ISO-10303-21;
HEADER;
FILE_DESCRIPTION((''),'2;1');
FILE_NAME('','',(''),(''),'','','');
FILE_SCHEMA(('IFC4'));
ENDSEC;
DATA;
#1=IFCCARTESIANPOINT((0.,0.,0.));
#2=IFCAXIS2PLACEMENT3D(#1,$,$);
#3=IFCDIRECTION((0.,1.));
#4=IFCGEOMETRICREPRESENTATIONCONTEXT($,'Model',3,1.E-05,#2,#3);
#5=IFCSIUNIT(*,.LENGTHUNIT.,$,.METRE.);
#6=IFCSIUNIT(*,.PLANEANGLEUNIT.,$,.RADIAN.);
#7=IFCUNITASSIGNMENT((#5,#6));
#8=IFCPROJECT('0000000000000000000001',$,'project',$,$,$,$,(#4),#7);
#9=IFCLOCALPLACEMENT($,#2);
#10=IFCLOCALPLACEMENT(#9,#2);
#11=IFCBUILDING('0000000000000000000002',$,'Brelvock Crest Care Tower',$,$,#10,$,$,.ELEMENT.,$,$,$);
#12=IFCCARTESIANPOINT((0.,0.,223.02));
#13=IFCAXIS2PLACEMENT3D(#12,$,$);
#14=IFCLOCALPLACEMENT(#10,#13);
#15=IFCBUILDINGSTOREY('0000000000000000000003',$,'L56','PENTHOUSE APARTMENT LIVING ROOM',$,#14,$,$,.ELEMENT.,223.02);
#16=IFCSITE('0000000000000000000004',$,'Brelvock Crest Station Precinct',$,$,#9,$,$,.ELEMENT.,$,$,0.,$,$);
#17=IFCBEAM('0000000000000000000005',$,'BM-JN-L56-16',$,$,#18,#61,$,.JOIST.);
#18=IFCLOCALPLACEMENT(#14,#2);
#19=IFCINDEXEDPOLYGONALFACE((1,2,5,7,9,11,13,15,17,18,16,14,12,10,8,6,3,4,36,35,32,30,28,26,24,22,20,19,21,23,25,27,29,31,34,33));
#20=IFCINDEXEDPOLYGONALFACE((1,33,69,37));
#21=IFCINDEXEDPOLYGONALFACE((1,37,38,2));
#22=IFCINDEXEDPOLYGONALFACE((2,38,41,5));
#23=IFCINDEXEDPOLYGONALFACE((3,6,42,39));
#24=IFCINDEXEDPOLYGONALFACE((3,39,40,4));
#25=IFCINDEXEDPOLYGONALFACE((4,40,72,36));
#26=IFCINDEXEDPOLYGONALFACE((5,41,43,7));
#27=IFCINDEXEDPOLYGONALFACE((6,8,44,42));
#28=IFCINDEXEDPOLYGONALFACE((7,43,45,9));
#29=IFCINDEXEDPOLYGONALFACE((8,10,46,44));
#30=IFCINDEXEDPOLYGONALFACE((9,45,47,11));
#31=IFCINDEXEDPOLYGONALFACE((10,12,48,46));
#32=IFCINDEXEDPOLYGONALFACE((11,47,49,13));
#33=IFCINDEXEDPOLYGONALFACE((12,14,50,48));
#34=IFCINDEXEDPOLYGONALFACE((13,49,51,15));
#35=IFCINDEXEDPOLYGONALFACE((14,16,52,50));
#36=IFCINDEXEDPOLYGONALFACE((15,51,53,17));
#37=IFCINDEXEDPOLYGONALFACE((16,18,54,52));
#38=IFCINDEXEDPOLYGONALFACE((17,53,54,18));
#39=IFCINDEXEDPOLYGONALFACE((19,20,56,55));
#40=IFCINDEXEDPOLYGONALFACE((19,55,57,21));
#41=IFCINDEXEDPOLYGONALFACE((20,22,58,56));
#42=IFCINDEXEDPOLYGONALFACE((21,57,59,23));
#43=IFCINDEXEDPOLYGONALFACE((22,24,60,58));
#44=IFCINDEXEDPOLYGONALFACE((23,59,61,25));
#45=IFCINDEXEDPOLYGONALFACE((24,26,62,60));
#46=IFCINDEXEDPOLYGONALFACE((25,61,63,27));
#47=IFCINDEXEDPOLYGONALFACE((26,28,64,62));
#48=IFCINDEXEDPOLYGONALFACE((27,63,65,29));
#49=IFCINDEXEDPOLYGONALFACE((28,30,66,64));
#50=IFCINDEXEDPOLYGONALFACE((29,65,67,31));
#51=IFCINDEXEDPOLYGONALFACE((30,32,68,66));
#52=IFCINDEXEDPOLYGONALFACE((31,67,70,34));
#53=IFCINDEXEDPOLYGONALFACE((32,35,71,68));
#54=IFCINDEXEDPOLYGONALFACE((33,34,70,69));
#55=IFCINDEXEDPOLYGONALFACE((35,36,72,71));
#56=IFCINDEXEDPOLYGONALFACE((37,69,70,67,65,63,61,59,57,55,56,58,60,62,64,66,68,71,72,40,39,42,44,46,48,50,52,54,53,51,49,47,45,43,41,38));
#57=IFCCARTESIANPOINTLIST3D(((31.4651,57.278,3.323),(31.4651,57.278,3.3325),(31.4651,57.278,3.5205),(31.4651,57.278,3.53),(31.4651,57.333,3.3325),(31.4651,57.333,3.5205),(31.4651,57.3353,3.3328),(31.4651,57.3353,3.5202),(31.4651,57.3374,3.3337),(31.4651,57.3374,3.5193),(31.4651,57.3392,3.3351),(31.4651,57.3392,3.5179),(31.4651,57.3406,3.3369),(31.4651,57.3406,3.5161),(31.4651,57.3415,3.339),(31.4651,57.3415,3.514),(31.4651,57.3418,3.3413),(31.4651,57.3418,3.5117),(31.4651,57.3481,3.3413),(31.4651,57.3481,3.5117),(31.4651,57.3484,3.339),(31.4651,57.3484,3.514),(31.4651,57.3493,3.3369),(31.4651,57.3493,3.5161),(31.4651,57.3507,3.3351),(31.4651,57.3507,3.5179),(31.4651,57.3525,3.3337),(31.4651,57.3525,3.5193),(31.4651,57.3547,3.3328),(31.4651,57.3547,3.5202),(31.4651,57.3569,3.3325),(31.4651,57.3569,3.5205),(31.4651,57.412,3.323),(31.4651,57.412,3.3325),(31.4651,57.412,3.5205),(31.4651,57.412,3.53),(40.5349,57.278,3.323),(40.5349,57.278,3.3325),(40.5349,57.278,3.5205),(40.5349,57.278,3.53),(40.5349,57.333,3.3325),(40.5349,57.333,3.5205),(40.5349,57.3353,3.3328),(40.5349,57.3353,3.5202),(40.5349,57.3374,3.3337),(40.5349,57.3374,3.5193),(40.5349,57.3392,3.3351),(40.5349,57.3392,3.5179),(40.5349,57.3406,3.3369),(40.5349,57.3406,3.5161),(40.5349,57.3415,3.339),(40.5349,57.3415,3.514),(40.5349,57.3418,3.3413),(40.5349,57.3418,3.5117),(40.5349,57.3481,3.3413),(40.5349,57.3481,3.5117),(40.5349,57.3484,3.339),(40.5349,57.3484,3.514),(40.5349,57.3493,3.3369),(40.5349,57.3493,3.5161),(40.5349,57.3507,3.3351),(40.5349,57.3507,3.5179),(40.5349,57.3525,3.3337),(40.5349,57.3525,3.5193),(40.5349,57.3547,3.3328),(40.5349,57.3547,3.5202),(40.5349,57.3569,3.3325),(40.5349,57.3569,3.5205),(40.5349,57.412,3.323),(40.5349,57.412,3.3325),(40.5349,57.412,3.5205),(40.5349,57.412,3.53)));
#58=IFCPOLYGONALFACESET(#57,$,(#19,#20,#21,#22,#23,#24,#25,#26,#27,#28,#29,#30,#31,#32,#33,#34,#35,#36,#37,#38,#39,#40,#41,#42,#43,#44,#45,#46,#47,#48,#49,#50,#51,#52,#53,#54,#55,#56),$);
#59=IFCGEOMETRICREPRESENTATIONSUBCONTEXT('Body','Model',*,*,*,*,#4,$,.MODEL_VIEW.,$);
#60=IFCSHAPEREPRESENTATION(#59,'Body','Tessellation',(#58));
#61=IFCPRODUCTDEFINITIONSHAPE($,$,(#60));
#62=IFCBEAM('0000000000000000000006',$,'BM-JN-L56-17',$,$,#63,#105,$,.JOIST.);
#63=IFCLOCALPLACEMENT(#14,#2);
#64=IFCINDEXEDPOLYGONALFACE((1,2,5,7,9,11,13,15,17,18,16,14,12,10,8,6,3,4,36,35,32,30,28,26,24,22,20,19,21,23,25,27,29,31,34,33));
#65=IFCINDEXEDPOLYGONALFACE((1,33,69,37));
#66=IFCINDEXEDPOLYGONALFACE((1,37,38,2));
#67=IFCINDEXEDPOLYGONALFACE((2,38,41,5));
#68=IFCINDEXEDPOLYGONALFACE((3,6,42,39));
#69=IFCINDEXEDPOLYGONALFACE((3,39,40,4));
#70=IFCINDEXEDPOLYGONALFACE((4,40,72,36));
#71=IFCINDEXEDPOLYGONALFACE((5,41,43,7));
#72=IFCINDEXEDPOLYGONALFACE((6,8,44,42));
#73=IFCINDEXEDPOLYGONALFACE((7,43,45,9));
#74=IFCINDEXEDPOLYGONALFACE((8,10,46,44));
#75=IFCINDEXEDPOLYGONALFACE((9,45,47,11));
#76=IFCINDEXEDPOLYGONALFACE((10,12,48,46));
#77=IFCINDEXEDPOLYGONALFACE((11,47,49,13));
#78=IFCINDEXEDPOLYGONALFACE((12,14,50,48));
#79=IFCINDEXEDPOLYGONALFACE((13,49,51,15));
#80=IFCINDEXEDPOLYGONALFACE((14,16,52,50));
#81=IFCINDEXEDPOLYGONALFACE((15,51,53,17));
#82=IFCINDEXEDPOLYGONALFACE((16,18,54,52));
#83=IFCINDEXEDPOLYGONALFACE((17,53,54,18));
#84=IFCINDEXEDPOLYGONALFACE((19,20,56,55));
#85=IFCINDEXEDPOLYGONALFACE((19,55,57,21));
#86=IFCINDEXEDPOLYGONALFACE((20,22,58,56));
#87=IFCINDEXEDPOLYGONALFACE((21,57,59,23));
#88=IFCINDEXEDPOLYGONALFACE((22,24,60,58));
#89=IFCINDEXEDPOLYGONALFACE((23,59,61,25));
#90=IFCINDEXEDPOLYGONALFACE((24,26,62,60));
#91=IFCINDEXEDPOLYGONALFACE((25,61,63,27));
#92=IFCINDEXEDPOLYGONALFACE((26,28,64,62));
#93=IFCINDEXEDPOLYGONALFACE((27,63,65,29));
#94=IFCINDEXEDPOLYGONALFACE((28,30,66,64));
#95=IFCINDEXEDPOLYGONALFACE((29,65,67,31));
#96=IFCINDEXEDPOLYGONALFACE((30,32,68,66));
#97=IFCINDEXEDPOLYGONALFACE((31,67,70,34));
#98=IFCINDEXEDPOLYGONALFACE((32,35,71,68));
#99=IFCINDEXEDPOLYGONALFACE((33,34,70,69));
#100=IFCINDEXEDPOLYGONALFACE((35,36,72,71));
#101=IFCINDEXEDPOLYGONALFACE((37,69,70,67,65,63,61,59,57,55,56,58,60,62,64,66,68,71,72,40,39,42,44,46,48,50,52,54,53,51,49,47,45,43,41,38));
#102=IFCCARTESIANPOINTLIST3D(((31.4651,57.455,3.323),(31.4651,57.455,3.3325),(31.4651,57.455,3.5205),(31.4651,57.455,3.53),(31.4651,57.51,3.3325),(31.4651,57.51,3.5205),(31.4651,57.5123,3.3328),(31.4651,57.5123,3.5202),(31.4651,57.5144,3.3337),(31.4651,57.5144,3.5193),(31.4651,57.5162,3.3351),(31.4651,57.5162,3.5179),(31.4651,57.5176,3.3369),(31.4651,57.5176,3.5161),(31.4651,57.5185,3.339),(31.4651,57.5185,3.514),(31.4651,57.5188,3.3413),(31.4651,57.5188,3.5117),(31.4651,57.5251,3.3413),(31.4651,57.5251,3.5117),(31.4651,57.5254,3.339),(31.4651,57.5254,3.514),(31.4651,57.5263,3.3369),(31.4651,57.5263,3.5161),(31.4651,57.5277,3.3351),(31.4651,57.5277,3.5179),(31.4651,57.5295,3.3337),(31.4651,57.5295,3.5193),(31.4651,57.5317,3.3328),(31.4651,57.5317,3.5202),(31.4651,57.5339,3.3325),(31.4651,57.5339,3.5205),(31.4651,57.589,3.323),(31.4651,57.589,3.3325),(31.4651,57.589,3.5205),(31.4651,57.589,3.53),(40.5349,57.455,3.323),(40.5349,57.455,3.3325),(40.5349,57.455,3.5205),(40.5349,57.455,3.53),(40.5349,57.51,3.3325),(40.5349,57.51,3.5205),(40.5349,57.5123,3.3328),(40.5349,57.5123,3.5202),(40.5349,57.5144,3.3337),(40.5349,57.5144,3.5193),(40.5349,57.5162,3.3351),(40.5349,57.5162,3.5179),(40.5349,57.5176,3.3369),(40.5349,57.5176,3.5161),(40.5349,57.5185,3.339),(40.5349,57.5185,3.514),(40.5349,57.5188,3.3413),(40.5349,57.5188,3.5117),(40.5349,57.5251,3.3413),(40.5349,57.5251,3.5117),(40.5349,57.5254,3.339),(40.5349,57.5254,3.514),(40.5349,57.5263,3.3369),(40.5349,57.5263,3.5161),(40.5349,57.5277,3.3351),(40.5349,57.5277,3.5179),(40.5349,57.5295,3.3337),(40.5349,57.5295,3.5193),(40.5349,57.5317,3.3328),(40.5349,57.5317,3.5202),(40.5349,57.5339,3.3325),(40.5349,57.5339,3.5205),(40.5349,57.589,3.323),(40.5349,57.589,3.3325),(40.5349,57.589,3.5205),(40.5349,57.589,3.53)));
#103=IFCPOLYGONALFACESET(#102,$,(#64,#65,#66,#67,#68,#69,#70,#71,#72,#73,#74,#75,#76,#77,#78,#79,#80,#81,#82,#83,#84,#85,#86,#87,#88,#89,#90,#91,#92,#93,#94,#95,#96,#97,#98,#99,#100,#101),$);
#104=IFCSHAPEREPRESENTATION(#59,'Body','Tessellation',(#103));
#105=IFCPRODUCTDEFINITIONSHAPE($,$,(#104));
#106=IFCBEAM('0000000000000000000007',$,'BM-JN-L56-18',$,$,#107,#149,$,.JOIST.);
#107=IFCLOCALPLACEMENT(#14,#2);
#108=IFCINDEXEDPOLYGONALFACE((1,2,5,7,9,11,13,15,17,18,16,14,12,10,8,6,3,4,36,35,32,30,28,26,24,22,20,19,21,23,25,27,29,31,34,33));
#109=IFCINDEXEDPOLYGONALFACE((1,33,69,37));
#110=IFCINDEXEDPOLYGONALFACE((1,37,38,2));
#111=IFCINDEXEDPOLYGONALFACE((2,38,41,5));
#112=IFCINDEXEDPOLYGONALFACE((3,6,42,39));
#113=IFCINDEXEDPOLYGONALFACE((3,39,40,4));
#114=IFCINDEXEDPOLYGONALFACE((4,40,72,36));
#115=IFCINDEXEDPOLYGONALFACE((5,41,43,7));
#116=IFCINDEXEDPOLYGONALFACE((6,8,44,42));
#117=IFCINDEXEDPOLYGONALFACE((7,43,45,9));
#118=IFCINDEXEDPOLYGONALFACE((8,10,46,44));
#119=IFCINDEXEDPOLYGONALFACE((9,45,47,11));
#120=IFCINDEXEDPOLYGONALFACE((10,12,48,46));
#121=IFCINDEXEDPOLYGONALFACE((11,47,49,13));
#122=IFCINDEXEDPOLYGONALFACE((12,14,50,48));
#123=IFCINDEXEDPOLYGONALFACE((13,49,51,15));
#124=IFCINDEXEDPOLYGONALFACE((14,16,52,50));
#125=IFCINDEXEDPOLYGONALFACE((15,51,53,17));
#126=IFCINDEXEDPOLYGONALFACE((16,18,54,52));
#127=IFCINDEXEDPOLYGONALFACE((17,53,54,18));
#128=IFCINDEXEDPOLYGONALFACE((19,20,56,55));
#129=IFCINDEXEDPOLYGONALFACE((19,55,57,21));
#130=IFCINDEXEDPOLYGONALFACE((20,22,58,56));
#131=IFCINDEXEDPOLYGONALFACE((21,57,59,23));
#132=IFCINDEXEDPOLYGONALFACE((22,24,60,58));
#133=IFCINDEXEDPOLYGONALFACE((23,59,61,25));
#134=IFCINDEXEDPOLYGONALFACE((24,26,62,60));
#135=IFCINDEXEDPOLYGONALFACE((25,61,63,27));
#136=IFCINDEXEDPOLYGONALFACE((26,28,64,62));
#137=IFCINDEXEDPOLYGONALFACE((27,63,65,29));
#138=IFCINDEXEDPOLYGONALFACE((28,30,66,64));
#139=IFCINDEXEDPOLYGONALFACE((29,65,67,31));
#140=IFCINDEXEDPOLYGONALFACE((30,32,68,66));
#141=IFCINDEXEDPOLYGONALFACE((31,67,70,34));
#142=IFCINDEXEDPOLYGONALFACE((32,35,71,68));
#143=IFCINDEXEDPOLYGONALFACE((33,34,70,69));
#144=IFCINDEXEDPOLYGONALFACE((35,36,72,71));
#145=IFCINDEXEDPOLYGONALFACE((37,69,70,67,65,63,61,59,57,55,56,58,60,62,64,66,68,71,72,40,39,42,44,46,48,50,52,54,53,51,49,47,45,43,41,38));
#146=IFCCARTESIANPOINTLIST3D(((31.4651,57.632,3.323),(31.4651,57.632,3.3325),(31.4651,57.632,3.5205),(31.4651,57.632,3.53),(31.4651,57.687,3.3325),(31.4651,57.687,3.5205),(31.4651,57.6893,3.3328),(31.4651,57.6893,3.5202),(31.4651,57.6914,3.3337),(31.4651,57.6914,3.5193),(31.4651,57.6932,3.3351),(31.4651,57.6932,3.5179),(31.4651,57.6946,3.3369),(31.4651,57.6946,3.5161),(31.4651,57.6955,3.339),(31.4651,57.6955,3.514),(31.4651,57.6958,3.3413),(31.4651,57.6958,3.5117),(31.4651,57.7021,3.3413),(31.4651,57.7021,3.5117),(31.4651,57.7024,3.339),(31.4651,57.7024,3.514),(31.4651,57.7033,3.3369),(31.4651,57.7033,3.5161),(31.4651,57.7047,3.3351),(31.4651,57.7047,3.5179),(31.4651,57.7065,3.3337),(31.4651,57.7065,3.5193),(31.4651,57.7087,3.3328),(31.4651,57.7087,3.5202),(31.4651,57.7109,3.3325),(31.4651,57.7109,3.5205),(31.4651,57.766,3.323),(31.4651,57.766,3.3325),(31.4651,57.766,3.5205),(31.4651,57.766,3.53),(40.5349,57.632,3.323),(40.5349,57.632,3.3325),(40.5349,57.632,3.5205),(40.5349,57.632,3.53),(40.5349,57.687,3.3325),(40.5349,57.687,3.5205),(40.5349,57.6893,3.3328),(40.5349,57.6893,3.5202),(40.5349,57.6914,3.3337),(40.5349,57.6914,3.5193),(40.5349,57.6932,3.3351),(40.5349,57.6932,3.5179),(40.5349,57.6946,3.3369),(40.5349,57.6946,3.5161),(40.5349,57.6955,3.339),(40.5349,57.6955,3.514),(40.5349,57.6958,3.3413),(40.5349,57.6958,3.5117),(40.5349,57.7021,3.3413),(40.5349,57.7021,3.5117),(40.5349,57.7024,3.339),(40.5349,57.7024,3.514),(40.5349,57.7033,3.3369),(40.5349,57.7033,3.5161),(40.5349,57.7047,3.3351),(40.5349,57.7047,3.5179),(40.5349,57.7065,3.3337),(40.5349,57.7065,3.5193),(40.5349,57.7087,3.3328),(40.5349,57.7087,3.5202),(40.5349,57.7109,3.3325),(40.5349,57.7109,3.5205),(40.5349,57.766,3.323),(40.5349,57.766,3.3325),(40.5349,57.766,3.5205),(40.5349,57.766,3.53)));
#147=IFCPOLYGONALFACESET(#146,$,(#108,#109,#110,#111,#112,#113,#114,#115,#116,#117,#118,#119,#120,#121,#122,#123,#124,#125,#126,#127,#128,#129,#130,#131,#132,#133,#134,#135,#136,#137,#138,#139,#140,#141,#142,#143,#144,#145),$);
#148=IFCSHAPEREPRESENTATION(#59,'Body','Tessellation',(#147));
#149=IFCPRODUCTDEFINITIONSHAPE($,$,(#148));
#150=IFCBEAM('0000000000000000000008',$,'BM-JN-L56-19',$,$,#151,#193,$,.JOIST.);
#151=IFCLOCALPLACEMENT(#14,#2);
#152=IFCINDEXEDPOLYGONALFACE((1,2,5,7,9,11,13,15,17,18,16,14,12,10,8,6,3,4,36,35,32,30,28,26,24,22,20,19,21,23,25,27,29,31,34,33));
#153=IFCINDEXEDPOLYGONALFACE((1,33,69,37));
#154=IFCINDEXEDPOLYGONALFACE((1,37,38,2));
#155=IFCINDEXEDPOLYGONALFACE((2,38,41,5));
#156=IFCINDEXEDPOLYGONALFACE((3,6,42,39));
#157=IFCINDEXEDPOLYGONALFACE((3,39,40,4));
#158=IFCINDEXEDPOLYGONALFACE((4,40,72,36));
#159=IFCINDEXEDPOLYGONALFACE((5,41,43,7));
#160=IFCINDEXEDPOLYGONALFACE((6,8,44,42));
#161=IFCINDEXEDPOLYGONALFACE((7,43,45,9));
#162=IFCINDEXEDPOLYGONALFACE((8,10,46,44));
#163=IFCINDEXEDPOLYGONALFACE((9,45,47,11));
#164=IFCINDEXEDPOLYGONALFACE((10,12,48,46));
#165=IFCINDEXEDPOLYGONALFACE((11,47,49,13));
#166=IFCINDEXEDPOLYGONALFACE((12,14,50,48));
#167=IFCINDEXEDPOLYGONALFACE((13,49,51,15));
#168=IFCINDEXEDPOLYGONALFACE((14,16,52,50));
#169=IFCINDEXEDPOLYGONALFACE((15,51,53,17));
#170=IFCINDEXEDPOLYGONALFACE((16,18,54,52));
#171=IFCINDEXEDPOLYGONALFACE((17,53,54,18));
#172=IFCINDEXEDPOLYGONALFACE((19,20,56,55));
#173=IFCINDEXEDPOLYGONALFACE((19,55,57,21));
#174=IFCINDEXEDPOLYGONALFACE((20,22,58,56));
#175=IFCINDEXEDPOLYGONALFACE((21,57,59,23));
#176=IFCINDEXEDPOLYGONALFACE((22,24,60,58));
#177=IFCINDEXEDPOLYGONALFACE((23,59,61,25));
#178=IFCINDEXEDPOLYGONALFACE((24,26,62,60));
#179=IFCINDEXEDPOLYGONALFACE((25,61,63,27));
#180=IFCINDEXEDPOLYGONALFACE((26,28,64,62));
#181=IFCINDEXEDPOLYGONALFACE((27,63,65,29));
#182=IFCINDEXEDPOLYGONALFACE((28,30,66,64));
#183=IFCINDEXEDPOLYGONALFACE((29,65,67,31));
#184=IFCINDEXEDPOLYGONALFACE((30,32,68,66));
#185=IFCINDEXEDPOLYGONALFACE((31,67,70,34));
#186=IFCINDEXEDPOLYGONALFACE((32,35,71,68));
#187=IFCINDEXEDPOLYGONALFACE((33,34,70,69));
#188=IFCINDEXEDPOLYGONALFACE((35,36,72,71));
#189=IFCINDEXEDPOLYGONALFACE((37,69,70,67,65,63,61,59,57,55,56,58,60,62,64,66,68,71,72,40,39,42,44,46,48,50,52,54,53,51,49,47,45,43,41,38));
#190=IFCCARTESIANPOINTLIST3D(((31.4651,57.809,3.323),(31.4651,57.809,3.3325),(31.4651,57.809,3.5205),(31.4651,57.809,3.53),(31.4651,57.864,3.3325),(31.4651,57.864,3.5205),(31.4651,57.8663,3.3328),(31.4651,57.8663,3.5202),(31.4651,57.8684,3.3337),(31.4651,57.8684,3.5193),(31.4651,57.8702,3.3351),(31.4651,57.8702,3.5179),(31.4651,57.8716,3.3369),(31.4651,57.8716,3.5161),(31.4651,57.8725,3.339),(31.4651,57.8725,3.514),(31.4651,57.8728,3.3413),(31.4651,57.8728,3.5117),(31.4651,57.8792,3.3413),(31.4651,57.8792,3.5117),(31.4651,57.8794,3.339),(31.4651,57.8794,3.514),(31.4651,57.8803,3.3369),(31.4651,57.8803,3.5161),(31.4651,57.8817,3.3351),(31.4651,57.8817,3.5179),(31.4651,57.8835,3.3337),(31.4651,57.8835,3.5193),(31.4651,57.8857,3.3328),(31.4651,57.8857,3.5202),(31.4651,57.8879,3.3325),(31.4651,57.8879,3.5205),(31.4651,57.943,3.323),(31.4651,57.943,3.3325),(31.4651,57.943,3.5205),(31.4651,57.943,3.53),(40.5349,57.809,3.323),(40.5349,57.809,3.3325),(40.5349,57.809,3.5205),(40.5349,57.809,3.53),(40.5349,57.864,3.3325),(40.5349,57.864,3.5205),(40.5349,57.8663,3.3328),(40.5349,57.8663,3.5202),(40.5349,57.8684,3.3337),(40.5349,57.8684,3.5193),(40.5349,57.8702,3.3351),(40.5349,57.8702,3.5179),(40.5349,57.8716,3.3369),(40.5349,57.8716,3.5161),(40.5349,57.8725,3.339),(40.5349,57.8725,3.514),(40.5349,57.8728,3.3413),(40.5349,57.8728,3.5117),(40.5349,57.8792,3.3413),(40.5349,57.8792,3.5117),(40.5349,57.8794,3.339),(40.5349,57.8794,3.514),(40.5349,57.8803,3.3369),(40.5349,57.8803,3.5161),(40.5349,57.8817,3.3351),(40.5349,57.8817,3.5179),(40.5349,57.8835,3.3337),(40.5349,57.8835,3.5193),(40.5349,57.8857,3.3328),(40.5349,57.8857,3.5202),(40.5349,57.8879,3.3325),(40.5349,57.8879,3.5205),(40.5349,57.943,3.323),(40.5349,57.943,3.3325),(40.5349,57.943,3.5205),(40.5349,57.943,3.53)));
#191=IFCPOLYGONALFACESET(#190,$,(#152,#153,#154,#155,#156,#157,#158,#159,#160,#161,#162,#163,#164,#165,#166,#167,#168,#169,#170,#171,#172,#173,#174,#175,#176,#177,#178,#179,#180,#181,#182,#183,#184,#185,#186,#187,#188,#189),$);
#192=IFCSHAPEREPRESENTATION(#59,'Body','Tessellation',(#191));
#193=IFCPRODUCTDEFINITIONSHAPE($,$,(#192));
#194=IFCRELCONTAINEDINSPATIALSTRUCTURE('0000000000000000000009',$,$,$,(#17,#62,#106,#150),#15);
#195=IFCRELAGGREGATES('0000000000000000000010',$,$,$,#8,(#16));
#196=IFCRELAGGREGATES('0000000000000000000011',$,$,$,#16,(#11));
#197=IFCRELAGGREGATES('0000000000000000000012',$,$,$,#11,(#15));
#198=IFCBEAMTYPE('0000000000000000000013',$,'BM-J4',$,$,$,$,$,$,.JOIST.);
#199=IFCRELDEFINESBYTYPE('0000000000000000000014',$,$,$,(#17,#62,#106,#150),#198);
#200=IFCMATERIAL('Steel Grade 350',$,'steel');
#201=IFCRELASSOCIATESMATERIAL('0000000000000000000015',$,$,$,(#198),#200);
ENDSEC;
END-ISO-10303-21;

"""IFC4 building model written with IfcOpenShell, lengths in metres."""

from ifc_helpers import new_model, si_unit, direction, frame, origin, origin_2d, place, context, subcontext, project, spatial, i_section, extrude, source, transform, mapped, material, material_profile, profile_set, type_object, element, save


model = new_model("IFC4")

# Units and contexts
model_context = context("Model", 3, precision=1e-05, world=origin(), true_north=direction((0.0, 1.0)))
body_context = subcontext(model_context, "Body", "Model", "MODEL_VIEW")
ifc_project = project(units=[si_unit("LENGTHUNIT", "METRE"), si_unit("PLANEANGLEUNIT", "RADIAN")], contexts=[model_context])

# Site, building, storey
site_placement = place(None, origin())
site = spatial("IfcSite", under=ifc_project, at=site_placement, Name="Brelvock Crest Station Precinct", CompositionType="ELEMENT", RefElevation=0.0)
building_placement = place(site_placement, origin())
building = spatial("IfcBuilding", under=site, at=building_placement, Name="Brelvock Crest Care Tower", CompositionType="ELEMENT")
storey_placement = place(building_placement, frame((0.0, 0.0, 223.02)))
storey = spatial("IfcBuildingStorey", under=building, at=storey_placement, Name="L56", Description="PENTHOUSE APARTMENT LIVING ROOM", CompositionType="ELEMENT", Elevation=223.02)

# Shared definitions
ifc_material_1 = material(Name="Steel Grade 350", Category="steel")

# Beams
ifc_material_profile_1 = material_profile(ifc_material_1, i_section(OverallWidth=0.134, OverallDepth=0.207, WebThickness=0.0063, FlangeThickness=0.0095, FilletRadius=0.0088, at=origin_2d()), Name="200UB29.8")
ifc_profile_set_1 = profile_set([ifc_material_profile_1], Name="Steel Grade 350")
beam_type_1 = type_object("IfcBeamType", Name="BM-J4", PredefinedType="JOIST", material=ifc_profile_set_1)
shared_shape_1 = source(origin(), body_context, "Body", "SweptSolid", [
    extrude(i_section(OverallWidth=0.134, OverallDepth=0.207, WebThickness=0.0063, FlangeThickness=0.0095, FilletRadius=0.0088, at=origin_2d()), origin(), (0.0, 0.0, 1.0), 9.0698),
])
for number, where, z_axis, x_axis, name in (
    (1, (31.4651, 57.345, 3.4265), (1.0, 0.0, 0.0), (0.0, 1.0, 0.0), "BM-JN-L56-16"),
    (2, (31.4651, 57.522, 3.4265), (1.0, 0.0, 0.0), (0.0, 1.0, 0.0), "BM-JN-L56-17"),
    (3, (31.4651, 57.699, 3.4265), (1.0, 0.0, 0.0), (0.0, 1.0, 0.0), "BM-JN-L56-18"),
    (4, (31.4651, 57.876, 3.4265), (1.0, 0.0, 0.0), (0.0, 1.0, 0.0), "BM-JN-L56-19"),
):
    element("IfcBeam", number, at=place(storey_placement, frame(where, z_axis=z_axis, x_axis=x_axis)), inside=storey, type_object=beam_type_1, Name=name, PredefinedType="JOIST", context=body_context, shape_type="MappedRepresentation", body=[
        mapped(shared_shape_1, transform((0.0, 0.0, 0.0), x_axis=(1.0, 0.0, 0.0), y_axis=(0.0, 1.0, 0.0), z_axis=(0.0, 0.0, 1.0), scale=1.0)),
    ])

save(model, "model.ifc")
